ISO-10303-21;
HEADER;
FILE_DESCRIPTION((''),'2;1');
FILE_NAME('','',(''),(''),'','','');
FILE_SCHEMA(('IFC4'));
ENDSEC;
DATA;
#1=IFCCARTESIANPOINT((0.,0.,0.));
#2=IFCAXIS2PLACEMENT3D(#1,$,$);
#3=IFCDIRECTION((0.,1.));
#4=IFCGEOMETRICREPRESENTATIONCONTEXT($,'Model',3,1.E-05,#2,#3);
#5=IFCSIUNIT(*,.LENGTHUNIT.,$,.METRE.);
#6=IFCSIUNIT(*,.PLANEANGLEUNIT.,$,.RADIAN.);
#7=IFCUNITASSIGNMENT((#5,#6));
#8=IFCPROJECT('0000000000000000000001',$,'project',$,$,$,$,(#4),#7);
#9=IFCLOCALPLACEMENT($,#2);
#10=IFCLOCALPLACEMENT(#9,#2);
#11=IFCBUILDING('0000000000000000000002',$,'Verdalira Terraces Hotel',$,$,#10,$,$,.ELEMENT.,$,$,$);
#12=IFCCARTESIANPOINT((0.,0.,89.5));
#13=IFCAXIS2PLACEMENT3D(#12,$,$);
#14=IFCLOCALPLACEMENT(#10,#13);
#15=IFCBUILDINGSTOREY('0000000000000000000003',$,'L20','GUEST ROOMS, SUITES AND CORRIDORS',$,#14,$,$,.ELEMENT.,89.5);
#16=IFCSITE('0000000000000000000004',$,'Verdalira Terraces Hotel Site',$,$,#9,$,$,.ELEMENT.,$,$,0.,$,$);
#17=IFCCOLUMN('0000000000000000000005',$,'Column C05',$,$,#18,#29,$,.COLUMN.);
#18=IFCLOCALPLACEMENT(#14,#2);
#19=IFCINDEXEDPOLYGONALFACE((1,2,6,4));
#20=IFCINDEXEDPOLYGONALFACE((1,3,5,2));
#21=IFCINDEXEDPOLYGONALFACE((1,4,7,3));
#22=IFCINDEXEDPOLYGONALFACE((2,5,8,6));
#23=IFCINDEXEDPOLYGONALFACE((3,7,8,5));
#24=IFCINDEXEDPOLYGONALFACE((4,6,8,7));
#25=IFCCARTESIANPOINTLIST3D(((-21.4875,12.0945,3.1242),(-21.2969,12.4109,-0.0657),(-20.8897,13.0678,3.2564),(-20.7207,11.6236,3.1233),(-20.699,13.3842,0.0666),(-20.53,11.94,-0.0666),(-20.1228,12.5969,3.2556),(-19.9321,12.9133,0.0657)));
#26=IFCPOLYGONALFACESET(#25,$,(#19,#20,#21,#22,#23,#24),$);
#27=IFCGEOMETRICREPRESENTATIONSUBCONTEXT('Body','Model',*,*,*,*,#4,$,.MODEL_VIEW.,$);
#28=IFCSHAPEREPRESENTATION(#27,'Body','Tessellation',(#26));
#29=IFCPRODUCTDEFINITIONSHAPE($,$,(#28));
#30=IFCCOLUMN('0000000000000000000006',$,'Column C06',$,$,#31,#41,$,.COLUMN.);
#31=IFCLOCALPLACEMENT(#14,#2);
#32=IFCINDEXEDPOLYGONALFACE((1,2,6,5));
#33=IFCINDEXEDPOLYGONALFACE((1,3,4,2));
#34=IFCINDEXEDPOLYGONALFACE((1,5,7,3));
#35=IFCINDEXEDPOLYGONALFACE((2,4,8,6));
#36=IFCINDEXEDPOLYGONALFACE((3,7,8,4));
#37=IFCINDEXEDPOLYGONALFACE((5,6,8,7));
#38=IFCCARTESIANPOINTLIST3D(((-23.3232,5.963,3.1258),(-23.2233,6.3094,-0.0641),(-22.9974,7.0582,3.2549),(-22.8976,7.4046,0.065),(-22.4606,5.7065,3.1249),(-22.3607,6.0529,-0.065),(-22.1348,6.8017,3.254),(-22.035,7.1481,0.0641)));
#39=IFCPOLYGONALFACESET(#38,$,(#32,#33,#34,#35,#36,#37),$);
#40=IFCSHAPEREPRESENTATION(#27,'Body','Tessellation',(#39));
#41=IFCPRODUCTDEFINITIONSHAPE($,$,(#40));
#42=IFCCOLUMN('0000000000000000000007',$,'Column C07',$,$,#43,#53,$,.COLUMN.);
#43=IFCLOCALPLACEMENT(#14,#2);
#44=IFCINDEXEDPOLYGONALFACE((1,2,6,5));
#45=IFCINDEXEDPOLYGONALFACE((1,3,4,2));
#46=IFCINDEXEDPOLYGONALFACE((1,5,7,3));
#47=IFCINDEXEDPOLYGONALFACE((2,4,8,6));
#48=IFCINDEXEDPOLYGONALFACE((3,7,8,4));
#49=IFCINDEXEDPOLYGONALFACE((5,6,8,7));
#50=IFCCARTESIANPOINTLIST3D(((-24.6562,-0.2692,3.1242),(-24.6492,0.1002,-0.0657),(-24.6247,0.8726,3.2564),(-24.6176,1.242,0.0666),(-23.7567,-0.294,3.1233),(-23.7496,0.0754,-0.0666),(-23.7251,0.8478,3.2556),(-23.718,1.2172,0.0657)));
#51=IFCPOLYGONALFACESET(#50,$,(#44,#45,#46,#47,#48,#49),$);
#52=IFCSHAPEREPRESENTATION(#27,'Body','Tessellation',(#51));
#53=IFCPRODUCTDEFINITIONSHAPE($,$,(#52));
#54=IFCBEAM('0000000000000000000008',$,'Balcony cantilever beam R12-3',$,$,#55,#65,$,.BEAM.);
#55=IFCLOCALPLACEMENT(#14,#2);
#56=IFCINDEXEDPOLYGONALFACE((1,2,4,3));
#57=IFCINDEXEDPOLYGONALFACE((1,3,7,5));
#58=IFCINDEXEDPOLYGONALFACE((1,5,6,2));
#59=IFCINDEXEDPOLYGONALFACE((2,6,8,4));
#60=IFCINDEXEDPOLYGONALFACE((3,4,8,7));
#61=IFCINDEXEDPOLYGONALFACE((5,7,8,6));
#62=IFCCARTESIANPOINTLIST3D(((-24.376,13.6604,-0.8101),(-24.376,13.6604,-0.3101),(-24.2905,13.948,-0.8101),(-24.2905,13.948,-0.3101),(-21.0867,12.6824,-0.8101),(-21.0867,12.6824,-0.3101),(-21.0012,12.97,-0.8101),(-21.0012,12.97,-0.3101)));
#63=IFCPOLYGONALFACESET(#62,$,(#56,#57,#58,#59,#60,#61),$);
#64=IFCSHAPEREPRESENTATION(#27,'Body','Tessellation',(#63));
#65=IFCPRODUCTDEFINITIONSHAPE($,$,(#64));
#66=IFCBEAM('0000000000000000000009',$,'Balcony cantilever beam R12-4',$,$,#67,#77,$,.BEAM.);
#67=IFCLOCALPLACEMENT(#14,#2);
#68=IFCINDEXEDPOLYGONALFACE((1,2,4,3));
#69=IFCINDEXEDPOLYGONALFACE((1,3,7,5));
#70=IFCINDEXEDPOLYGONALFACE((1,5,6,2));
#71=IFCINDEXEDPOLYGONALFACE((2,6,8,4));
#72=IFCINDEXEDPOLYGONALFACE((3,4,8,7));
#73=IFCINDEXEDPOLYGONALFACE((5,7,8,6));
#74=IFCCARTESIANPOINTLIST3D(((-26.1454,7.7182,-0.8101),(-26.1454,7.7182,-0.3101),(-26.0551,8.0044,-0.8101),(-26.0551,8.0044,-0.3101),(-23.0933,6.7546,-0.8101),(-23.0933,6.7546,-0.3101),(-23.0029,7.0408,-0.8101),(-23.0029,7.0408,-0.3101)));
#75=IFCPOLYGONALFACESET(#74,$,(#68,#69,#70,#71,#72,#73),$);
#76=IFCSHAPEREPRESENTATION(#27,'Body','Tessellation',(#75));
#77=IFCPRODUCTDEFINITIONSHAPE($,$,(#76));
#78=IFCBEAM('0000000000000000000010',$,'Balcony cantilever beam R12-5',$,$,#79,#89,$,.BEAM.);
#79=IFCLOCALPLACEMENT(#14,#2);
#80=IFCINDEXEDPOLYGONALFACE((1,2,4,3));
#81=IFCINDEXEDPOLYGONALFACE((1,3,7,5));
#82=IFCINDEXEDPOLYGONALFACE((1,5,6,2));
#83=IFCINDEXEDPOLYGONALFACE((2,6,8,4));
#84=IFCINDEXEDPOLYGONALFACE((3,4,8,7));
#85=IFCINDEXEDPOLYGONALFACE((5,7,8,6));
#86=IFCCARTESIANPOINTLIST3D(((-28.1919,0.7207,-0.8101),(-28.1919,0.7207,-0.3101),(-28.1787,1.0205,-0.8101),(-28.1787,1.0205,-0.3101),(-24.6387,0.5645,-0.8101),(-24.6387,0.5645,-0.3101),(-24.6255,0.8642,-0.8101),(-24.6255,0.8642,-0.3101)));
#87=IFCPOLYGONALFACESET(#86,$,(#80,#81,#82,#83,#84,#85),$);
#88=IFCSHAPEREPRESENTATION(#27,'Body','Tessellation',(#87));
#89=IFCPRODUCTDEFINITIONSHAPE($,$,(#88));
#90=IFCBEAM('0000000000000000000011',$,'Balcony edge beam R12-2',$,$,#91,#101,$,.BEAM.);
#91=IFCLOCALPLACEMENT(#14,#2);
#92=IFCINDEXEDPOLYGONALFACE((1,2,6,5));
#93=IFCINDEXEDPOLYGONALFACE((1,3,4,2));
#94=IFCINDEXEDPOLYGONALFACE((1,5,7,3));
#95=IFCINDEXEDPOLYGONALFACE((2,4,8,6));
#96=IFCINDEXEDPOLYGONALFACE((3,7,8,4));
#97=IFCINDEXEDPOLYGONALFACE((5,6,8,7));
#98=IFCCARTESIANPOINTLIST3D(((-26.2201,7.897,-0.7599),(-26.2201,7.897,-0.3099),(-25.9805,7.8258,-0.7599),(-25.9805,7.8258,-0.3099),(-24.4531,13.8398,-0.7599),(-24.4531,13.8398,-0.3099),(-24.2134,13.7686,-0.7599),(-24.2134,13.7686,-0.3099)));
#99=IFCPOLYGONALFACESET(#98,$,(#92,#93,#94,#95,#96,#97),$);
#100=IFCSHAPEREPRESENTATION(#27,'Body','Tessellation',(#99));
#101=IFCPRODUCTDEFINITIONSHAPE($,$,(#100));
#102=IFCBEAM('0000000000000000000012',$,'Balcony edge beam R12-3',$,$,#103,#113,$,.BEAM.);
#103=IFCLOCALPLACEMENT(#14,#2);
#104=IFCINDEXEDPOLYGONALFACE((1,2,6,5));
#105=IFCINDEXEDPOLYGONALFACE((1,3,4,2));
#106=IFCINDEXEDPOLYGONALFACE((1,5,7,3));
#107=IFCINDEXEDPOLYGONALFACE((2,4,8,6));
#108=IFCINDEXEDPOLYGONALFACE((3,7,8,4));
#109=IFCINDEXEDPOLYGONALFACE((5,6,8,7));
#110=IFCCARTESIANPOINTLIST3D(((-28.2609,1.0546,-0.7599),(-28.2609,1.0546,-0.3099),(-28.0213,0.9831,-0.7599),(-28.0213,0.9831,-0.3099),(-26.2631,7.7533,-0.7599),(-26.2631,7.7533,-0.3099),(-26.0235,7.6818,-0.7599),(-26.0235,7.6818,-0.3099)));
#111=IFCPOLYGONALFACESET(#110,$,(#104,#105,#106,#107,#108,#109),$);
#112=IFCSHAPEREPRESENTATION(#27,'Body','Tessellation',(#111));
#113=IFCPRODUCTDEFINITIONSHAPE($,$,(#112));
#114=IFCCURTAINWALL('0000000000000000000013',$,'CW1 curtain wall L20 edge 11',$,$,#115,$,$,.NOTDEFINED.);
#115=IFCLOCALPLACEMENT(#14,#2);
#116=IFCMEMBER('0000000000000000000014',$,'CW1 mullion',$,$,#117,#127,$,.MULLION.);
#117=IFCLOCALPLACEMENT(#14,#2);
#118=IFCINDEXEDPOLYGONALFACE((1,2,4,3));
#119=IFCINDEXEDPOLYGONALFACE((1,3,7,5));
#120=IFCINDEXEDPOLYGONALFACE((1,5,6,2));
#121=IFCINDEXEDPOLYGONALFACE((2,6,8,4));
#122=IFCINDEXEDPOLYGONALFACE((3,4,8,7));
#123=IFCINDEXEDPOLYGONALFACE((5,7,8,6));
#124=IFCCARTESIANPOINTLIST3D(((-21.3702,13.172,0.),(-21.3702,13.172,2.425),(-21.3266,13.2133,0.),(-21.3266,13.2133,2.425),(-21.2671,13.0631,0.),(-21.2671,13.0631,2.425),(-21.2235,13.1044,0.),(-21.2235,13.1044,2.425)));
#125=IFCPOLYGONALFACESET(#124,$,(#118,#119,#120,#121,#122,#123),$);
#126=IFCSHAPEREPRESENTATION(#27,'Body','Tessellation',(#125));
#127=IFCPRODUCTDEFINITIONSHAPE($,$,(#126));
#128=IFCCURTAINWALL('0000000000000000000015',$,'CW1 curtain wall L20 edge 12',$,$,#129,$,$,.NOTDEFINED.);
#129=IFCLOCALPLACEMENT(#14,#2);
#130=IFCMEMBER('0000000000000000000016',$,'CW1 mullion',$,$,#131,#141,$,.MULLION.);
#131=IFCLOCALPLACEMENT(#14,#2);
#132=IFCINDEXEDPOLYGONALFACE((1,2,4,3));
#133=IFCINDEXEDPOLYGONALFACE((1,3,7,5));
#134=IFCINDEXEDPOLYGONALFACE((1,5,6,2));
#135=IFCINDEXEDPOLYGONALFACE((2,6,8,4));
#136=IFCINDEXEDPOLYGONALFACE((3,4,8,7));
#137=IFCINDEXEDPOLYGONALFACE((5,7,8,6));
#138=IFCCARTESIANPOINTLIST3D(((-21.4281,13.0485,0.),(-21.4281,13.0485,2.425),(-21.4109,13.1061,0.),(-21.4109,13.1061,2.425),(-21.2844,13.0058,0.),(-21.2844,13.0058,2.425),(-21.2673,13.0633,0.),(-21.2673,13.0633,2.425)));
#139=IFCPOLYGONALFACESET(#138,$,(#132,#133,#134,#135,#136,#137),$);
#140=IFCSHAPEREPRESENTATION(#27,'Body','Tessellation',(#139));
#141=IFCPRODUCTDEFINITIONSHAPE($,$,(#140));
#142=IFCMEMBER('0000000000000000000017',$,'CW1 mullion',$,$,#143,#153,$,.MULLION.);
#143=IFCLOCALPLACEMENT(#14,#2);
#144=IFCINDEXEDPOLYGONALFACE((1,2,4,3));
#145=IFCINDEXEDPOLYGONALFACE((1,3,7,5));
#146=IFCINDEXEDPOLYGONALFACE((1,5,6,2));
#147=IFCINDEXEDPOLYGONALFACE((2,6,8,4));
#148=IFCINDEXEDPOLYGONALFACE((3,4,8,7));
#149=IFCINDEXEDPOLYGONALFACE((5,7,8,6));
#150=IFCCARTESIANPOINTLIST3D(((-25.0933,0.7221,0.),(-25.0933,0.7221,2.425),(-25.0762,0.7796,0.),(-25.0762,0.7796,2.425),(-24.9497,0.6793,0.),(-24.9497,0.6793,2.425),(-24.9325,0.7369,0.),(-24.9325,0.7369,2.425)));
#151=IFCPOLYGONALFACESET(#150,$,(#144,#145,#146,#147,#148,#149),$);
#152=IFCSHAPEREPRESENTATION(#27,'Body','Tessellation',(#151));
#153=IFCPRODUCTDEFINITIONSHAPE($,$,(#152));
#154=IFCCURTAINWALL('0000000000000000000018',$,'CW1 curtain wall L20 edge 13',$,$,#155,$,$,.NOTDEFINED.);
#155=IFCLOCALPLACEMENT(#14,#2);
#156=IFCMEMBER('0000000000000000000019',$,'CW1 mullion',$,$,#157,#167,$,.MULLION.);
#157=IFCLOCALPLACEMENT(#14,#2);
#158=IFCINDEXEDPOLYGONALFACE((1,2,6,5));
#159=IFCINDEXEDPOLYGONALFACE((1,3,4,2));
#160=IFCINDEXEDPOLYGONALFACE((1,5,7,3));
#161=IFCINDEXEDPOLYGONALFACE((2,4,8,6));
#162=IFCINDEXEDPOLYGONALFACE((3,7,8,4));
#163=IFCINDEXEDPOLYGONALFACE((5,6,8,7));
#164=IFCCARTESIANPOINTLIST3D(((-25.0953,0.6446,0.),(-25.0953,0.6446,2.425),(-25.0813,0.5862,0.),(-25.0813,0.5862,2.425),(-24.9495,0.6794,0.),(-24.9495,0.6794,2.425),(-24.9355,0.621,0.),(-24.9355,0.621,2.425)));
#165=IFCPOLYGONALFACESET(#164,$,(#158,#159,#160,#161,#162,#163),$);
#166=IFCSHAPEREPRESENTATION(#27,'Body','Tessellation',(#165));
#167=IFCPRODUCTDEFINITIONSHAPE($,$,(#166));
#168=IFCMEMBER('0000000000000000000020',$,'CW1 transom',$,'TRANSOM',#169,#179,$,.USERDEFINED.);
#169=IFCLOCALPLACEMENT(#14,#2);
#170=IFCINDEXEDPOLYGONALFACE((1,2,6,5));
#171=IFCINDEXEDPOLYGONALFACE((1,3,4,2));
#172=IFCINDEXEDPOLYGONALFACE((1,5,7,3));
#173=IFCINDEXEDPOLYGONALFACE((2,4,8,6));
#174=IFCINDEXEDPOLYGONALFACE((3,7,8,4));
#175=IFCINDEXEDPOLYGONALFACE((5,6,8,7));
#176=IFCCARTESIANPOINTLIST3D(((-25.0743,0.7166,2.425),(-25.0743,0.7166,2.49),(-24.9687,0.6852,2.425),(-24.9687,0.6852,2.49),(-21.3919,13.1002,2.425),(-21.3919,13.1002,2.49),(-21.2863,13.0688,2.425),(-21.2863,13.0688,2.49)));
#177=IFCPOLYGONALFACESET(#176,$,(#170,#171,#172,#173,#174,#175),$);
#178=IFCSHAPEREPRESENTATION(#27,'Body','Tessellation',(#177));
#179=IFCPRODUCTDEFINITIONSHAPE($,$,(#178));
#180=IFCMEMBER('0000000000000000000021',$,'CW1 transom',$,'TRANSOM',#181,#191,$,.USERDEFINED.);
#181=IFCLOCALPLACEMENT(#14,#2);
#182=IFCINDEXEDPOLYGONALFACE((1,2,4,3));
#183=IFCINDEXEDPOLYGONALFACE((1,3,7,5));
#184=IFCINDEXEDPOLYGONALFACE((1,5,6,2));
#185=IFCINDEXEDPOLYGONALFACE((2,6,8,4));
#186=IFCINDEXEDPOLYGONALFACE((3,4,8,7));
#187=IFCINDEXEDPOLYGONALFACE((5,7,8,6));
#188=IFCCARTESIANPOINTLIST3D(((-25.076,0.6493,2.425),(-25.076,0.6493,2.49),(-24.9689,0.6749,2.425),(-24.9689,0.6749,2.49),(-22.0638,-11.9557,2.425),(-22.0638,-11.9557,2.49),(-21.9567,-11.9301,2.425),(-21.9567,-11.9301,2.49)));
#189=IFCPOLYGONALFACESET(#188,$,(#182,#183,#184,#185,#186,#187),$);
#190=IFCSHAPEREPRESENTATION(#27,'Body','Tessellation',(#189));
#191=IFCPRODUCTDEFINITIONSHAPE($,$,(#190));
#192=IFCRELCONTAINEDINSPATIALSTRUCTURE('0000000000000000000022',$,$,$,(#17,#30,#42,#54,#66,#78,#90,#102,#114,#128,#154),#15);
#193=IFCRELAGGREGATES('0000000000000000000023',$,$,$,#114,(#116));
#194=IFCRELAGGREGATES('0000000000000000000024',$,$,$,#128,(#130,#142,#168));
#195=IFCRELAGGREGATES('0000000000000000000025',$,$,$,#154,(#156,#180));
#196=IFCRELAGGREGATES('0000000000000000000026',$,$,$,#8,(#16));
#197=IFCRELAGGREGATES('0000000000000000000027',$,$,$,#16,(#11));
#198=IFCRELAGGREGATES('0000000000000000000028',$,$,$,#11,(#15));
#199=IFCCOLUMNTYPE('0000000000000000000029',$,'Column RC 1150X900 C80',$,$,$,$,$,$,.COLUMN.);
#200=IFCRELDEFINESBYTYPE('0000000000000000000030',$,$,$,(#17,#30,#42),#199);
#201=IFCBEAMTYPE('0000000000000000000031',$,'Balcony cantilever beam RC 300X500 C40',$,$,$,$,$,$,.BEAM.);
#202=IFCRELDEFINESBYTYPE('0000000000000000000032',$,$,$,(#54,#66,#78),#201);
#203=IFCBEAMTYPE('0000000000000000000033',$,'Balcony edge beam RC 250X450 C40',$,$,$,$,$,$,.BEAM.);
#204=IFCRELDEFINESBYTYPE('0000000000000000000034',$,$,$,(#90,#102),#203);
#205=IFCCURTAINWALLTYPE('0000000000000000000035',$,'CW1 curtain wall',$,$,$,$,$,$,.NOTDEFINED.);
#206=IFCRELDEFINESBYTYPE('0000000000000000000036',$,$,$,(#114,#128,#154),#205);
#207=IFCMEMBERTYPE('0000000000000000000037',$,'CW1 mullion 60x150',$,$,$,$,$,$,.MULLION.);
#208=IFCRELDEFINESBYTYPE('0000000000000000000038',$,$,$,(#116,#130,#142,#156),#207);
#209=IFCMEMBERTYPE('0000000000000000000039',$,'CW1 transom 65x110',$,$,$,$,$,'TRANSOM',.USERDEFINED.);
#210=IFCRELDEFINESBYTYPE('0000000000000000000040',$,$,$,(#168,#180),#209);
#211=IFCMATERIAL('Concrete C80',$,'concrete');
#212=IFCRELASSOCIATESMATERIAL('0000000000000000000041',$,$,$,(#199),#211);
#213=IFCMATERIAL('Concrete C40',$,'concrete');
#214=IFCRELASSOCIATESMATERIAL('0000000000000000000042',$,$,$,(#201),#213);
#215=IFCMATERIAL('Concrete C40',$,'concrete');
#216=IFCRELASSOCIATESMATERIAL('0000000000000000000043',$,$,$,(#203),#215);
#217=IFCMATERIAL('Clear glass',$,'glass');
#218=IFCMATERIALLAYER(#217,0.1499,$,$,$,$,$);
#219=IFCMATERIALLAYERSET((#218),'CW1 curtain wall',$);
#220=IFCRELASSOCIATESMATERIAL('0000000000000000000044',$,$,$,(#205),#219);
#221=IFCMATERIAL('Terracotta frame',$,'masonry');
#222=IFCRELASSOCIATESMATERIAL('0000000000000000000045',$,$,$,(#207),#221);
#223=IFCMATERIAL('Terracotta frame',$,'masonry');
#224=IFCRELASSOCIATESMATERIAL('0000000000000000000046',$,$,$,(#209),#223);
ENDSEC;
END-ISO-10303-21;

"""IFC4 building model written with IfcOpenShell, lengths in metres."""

from ifc_helpers import new_model, si_unit, direction, frame, origin, origin_2d, place, context, subcontext, project, spatial, rectangle, extrude, material, layer, layer_set, material_profile, profile_set, type_object, element, aggregate, save


model = new_model("IFC4")

# Units and contexts
model_context = context("Model", 3, precision=1e-05, world=origin(), true_north=direction((0.0, 1.0)))
body_context = subcontext(model_context, "Body", "Model", "MODEL_VIEW")
ifc_project = project(units=[si_unit("LENGTHUNIT", "METRE"), si_unit("PLANEANGLEUNIT", "RADIAN")], contexts=[model_context])

# Site, building, storey
site_placement = place(None, origin())
site = spatial("IfcSite", under=ifc_project, at=site_placement, Name="Verdalira Terraces Hotel Site", CompositionType="ELEMENT", RefElevation=0.0)
building_placement = place(site_placement, origin())
building = spatial("IfcBuilding", under=site, at=building_placement, Name="Verdalira Terraces Hotel", CompositionType="ELEMENT")
storey_placement = place(building_placement, frame((0.0, 0.0, 89.5)))
storey = spatial("IfcBuildingStorey", under=building, at=storey_placement, Name="L20", Description="GUEST ROOMS, SUITES AND CORRIDORS", CompositionType="ELEMENT", Elevation=89.5)

# Columns
ifc_material_1 = material(Name="Concrete C80", Category="concrete")
ifc_material_profile_1 = material_profile(ifc_material_1, rectangle(XDim=1.1499, YDim=0.8999, at=origin_2d()), Name="RC 1150X900")
ifc_profile_set_1 = profile_set([ifc_material_profile_1], Name="Concrete C80")
column_type = type_object("IfcColumnType", Name="Column RC 1150X900 C80", PredefinedType="COLUMN", material=ifc_profile_set_1)
column_1_placement = place(storey_placement, frame((-20.6145, 12.6621, 0.0), z_axis=(-0.059377, -0.09853, 0.993361), x_axis=(0.519925, 0.846431, 0.115034)))
element("IfcColumn", 1, at=column_1_placement, inside=storey, type_object=column_type, Name="Column C05", PredefinedType="COLUMN", context=body_context, shape_type="SweptSolid", body=[
    extrude(rectangle(XDim=1.1499, YDim=0.8999, at=origin_2d()), origin(), (0.0, 0.0, 1.0), 3.2112),
])
column_2_placement = place(storey_placement, frame((-22.6291, 6.7288, 0.0), z_axis=(-0.031105, -0.107915, 0.993673), x_axis=(-0.283296, -0.952434, -0.112305)))
element("IfcColumn", 2, at=column_2_placement, inside=storey, type_object=column_type, Name="Column C06", PredefinedType="COLUMN", context=body_context, shape_type="SweptSolid", body=[
    extrude(rectangle(XDim=1.1499, YDim=0.8999, at=origin_2d()), origin(), (0.0, 0.0, 1.0), 3.2102),
])
column_3_placement = place(storey_placement, frame((-24.1836, 0.6587, 0.0), z_axis=(-0.002205, -0.115028, 0.99336), x_axis=(0.027468, 0.99298, 0.115045)))
element("IfcColumn", 3, at=column_3_placement, inside=storey, type_object=column_type, Name="Column C07", PredefinedType="COLUMN", context=body_context, shape_type="SweptSolid", body=[
    extrude(rectangle(XDim=1.1499, YDim=0.8999, at=origin_2d()), origin(), (0.0, 0.0, 1.0), 3.2112),
])

# Beams
ifc_material_2 = material(Name="Concrete C40", Category="concrete")
ifc_material_profile_2 = material_profile(ifc_material_2, rectangle(XDim=0.3, YDim=0.5, at=origin_2d()), Name="RC 300X500")
ifc_profile_set_2 = profile_set([ifc_material_profile_2], Name="Concrete C40")
beam_type_1 = type_object("IfcBeamType", Name="Balcony cantilever beam RC 300X500 C40", PredefinedType="BEAM", material=ifc_profile_set_2)
beam_1_placement = place(storey_placement, frame((-21.0439, 12.8262, -0.5601), z_axis=(-0.958526, 0.285004, 0.0), x_axis=(-0.285004, -0.958526, 0.0)))
element("IfcBeam", 4, at=beam_1_placement, inside=storey, type_object=beam_type_1, Name="Balcony cantilever beam R12-3", PredefinedType="BEAM", context=body_context, shape_type="SweptSolid", body=[
    extrude(rectangle(XDim=0.3, YDim=0.5, at=origin_2d()), origin(), (0.0, 0.0, 1.0), 3.4316),
])
beam_2_placement = place(storey_placement, frame((-23.0481, 6.8977, -0.5601), z_axis=(-0.953605, 0.301062, 0.0), x_axis=(-0.301062, -0.953605, 0.0)))
element("IfcBeam", 5, at=beam_2_placement, inside=storey, type_object=beam_type_1, Name="Balcony cantilever beam R12-4", PredefinedType="BEAM", context=body_context, shape_type="SweptSolid", body=[
    extrude(rectangle(XDim=0.3, YDim=0.5, at=origin_2d()), origin(), (0.0, 0.0, 1.0), 3.2007),
])
beam_3_placement = place(storey_placement, frame((-24.6321, 0.7144, -0.5601), z_axis=(-0.999035, 0.043932, 0.0), x_axis=(-0.043932, -0.999035, 0.0)))
element("IfcBeam", 6, at=beam_3_placement, inside=storey, type_object=beam_type_1, Name="Balcony cantilever beam R12-5", PredefinedType="BEAM", context=body_context, shape_type="SweptSolid", body=[
    extrude(rectangle(XDim=0.3, YDim=0.5, at=origin_2d()), origin(), (0.0, 0.0, 1.0), 3.5566),
])
ifc_material_3 = material(Name="Concrete C40", Category="concrete")
ifc_material_profile_3 = material_profile(ifc_material_3, rectangle(XDim=0.25, YDim=0.45, at=origin_2d()), Name="RC 250X450")
ifc_profile_set_3 = profile_set([ifc_material_profile_3], Name="Concrete C40")
beam_type_2 = type_object("IfcBeamType", Name="Balcony edge beam RC 250X450 C40", PredefinedType="BEAM", material=ifc_profile_set_3)
beam_4_placement = place(storey_placement, frame((-24.3333, 13.8042, -0.5349), z_axis=(-0.285013, -0.958524, 0.0), x_axis=(0.958524, -0.285013, 0.0)))
element("IfcBeam", 7, at=beam_4_placement, inside=storey, type_object=beam_type_2, Name="Balcony edge beam R12-2", PredefinedType="BEAM", context=body_context, shape_type="SweptSolid", body=[
    extrude(rectangle(XDim=0.25, YDim=0.45, at=origin_2d()), origin(), (0.0, 0.0, 1.0), 6.2),
])
beam_5_placement = place(storey_placement, frame((-26.1433, 7.7175, -0.5349), z_axis=(-0.285797, -0.95829, 0.0), x_axis=(0.95829, -0.285797, 0.0)))
element("IfcBeam", 8, at=beam_5_placement, inside=storey, type_object=beam_type_2, Name="Balcony edge beam R12-3", PredefinedType="BEAM", context=body_context, shape_type="SweptSolid", body=[
    extrude(rectangle(XDim=0.25, YDim=0.45, at=origin_2d()), origin(), (0.0, 0.0, 1.0), 6.9902),
])

# Curtain wall, member
ifc_material_4 = material(Name="Clear glass", Category="glass")
ifc_layer_1 = layer(ifc_material_4, 0.1499)
ifc_layer_set_1 = layer_set([ifc_layer_1], Name="CW1 curtain wall")
curtain_wall_type = type_object("IfcCurtainWallType", Name="CW1 curtain wall", PredefinedType="NOTDEFINED", material=ifc_layer_set_1)
curtain_wall_1_placement = place(storey_placement, origin())
curtain_wall_1 = element("IfcCurtainWall", 9, at=curtain_wall_1_placement, inside=storey, type_object=curtain_wall_type, Name="CW1 curtain wall L20 edge 11", PredefinedType="NOTDEFINED")
ifc_material_5 = material(Name="Terracotta frame", Category="masonry")
ifc_material_profile_4 = material_profile(ifc_material_5, rectangle(XDim=0.0601, YDim=0.1499, at=origin_2d()), Name="MU 60x150")
ifc_profile_set_4 = profile_set([ifc_material_profile_4], Name="Terracotta frame")
member_type_1 = type_object("IfcMemberType", Name="CW1 mullion 60x150", PredefinedType="MULLION", material=ifc_profile_set_4)
member_1_placement = place(storey_placement, frame((-21.2969, 13.1382, 0.0), z_axis=(0.0, 0.0, 1.0), x_axis=(-0.726095, -0.687595, 0.0)))
member_1 = element("IfcMember", 10, at=member_1_placement, type_object=member_type_1, Name="CW1 mullion", PredefinedType="MULLION", context=body_context, shape_type="SweptSolid", body=[
    extrude(rectangle(XDim=0.0601, YDim=0.1499, at=origin_2d()), origin(), (0.0, 0.0, 1.0), 2.425),
])
aggregate(curtain_wall_1, [member_1])

# Curtain wall, members
curtain_wall_2_placement = place(storey_placement, origin())
curtain_wall_2 = element("IfcCurtainWall", 11, at=curtain_wall_2_placement, inside=storey, type_object=curtain_wall_type, Name="CW1 curtain wall L20 edge 12", PredefinedType="NOTDEFINED")
member_2_placement = place(storey_placement, frame((-21.3477, 13.0559, 0.0), z_axis=(0.0, 0.0, 1.0), x_axis=(-0.285019, -0.958522, 0.0)))
member_2 = element("IfcMember", 12, at=member_2_placement, type_object=member_type_1, Name="CW1 mullion", PredefinedType="MULLION", context=body_context, shape_type="SweptSolid", body=[
    extrude(rectangle(XDim=0.0601, YDim=0.1499, at=origin_2d()), origin(), (0.0, 0.0, 1.0), 2.425),
])
member_3_placement = place(storey_placement, frame((-25.0129, 0.7295, 0.0), z_axis=(0.0, 0.0, 1.0), x_axis=(-0.285019, -0.958522, 0.0)))
member_3 = element("IfcMember", 13, at=member_3_placement, type_object=member_type_1, Name="CW1 mullion", PredefinedType="MULLION", context=body_context, shape_type="SweptSolid", body=[
    extrude(rectangle(XDim=0.0601, YDim=0.1499, at=origin_2d()), origin(), (0.0, 0.0, 1.0), 2.425),
])

# Curtain wall, member
curtain_wall_3_placement = place(storey_placement, origin())
curtain_wall_3 = element("IfcCurtainWall", 14, at=curtain_wall_3_placement, inside=storey, type_object=curtain_wall_type, Name="CW1 curtain wall L20 edge 13", PredefinedType="NOTDEFINED")
member_4_placement = place(storey_placement, frame((-25.0154, 0.6328, 0.0), z_axis=(0.0, 0.0, 1.0), x_axis=(0.232427, -0.972614, 0.0)))
member_4 = element("IfcMember", 15, at=member_4_placement, type_object=member_type_1, Name="CW1 mullion", PredefinedType="MULLION", context=body_context, shape_type="SweptSolid", body=[
    extrude(rectangle(XDim=0.0601, YDim=0.1499, at=origin_2d()), origin(), (0.0, 0.0, 1.0), 2.425),
])

# Members
ifc_material_6 = material(Name="Terracotta frame", Category="masonry")
ifc_material_profile_5 = material_profile(ifc_material_6, rectangle(XDim=0.1101, YDim=0.0649, at=origin_2d()), Name="TR 65x110")
ifc_profile_set_5 = profile_set([ifc_material_profile_5], Name="Terracotta frame")
member_type_2 = type_object("IfcMemberType", Name="CW1 transom 65x110", ElementType="TRANSOM", PredefinedType="USERDEFINED", material=ifc_profile_set_5)
member_5_placement = place(storey_placement, frame((-21.3391, 13.0845, 2.4575), z_axis=(-0.285026, -0.95852, 0.0), x_axis=(0.95852, -0.285026, 0.0)))
member_5 = element("IfcMember", 16, at=member_5_placement, type_object=member_type_2, Name="CW1 transom", ObjectType="TRANSOM", PredefinedType="USERDEFINED", context=body_context, shape_type="SweptSolid", body=[
    extrude(rectangle(XDim=0.1101, YDim=0.0649, at=origin_2d()), origin(), (0.0, 0.0, 1.0), 12.9194),
])
member_6_placement = place(storey_placement, frame((-25.0225, 0.6621, 2.4575), z_axis=(0.232425, -0.972614, 0.0), x_axis=(0.972614, 0.232425, 0.0)))
member_6 = element("IfcMember", 17, at=member_6_placement, type_object=member_type_2, Name="CW1 transom", ObjectType="TRANSOM", PredefinedType="USERDEFINED", context=body_context, shape_type="SweptSolid", body=[
    extrude(rectangle(XDim=0.1101, YDim=0.0649, at=origin_2d()), origin(), (0.0, 0.0, 1.0), 12.96),
])

aggregate(curtain_wall_2, [member_2, member_3, member_5])
aggregate(curtain_wall_3, [member_4, member_6])

save(model, "model.ifc")
